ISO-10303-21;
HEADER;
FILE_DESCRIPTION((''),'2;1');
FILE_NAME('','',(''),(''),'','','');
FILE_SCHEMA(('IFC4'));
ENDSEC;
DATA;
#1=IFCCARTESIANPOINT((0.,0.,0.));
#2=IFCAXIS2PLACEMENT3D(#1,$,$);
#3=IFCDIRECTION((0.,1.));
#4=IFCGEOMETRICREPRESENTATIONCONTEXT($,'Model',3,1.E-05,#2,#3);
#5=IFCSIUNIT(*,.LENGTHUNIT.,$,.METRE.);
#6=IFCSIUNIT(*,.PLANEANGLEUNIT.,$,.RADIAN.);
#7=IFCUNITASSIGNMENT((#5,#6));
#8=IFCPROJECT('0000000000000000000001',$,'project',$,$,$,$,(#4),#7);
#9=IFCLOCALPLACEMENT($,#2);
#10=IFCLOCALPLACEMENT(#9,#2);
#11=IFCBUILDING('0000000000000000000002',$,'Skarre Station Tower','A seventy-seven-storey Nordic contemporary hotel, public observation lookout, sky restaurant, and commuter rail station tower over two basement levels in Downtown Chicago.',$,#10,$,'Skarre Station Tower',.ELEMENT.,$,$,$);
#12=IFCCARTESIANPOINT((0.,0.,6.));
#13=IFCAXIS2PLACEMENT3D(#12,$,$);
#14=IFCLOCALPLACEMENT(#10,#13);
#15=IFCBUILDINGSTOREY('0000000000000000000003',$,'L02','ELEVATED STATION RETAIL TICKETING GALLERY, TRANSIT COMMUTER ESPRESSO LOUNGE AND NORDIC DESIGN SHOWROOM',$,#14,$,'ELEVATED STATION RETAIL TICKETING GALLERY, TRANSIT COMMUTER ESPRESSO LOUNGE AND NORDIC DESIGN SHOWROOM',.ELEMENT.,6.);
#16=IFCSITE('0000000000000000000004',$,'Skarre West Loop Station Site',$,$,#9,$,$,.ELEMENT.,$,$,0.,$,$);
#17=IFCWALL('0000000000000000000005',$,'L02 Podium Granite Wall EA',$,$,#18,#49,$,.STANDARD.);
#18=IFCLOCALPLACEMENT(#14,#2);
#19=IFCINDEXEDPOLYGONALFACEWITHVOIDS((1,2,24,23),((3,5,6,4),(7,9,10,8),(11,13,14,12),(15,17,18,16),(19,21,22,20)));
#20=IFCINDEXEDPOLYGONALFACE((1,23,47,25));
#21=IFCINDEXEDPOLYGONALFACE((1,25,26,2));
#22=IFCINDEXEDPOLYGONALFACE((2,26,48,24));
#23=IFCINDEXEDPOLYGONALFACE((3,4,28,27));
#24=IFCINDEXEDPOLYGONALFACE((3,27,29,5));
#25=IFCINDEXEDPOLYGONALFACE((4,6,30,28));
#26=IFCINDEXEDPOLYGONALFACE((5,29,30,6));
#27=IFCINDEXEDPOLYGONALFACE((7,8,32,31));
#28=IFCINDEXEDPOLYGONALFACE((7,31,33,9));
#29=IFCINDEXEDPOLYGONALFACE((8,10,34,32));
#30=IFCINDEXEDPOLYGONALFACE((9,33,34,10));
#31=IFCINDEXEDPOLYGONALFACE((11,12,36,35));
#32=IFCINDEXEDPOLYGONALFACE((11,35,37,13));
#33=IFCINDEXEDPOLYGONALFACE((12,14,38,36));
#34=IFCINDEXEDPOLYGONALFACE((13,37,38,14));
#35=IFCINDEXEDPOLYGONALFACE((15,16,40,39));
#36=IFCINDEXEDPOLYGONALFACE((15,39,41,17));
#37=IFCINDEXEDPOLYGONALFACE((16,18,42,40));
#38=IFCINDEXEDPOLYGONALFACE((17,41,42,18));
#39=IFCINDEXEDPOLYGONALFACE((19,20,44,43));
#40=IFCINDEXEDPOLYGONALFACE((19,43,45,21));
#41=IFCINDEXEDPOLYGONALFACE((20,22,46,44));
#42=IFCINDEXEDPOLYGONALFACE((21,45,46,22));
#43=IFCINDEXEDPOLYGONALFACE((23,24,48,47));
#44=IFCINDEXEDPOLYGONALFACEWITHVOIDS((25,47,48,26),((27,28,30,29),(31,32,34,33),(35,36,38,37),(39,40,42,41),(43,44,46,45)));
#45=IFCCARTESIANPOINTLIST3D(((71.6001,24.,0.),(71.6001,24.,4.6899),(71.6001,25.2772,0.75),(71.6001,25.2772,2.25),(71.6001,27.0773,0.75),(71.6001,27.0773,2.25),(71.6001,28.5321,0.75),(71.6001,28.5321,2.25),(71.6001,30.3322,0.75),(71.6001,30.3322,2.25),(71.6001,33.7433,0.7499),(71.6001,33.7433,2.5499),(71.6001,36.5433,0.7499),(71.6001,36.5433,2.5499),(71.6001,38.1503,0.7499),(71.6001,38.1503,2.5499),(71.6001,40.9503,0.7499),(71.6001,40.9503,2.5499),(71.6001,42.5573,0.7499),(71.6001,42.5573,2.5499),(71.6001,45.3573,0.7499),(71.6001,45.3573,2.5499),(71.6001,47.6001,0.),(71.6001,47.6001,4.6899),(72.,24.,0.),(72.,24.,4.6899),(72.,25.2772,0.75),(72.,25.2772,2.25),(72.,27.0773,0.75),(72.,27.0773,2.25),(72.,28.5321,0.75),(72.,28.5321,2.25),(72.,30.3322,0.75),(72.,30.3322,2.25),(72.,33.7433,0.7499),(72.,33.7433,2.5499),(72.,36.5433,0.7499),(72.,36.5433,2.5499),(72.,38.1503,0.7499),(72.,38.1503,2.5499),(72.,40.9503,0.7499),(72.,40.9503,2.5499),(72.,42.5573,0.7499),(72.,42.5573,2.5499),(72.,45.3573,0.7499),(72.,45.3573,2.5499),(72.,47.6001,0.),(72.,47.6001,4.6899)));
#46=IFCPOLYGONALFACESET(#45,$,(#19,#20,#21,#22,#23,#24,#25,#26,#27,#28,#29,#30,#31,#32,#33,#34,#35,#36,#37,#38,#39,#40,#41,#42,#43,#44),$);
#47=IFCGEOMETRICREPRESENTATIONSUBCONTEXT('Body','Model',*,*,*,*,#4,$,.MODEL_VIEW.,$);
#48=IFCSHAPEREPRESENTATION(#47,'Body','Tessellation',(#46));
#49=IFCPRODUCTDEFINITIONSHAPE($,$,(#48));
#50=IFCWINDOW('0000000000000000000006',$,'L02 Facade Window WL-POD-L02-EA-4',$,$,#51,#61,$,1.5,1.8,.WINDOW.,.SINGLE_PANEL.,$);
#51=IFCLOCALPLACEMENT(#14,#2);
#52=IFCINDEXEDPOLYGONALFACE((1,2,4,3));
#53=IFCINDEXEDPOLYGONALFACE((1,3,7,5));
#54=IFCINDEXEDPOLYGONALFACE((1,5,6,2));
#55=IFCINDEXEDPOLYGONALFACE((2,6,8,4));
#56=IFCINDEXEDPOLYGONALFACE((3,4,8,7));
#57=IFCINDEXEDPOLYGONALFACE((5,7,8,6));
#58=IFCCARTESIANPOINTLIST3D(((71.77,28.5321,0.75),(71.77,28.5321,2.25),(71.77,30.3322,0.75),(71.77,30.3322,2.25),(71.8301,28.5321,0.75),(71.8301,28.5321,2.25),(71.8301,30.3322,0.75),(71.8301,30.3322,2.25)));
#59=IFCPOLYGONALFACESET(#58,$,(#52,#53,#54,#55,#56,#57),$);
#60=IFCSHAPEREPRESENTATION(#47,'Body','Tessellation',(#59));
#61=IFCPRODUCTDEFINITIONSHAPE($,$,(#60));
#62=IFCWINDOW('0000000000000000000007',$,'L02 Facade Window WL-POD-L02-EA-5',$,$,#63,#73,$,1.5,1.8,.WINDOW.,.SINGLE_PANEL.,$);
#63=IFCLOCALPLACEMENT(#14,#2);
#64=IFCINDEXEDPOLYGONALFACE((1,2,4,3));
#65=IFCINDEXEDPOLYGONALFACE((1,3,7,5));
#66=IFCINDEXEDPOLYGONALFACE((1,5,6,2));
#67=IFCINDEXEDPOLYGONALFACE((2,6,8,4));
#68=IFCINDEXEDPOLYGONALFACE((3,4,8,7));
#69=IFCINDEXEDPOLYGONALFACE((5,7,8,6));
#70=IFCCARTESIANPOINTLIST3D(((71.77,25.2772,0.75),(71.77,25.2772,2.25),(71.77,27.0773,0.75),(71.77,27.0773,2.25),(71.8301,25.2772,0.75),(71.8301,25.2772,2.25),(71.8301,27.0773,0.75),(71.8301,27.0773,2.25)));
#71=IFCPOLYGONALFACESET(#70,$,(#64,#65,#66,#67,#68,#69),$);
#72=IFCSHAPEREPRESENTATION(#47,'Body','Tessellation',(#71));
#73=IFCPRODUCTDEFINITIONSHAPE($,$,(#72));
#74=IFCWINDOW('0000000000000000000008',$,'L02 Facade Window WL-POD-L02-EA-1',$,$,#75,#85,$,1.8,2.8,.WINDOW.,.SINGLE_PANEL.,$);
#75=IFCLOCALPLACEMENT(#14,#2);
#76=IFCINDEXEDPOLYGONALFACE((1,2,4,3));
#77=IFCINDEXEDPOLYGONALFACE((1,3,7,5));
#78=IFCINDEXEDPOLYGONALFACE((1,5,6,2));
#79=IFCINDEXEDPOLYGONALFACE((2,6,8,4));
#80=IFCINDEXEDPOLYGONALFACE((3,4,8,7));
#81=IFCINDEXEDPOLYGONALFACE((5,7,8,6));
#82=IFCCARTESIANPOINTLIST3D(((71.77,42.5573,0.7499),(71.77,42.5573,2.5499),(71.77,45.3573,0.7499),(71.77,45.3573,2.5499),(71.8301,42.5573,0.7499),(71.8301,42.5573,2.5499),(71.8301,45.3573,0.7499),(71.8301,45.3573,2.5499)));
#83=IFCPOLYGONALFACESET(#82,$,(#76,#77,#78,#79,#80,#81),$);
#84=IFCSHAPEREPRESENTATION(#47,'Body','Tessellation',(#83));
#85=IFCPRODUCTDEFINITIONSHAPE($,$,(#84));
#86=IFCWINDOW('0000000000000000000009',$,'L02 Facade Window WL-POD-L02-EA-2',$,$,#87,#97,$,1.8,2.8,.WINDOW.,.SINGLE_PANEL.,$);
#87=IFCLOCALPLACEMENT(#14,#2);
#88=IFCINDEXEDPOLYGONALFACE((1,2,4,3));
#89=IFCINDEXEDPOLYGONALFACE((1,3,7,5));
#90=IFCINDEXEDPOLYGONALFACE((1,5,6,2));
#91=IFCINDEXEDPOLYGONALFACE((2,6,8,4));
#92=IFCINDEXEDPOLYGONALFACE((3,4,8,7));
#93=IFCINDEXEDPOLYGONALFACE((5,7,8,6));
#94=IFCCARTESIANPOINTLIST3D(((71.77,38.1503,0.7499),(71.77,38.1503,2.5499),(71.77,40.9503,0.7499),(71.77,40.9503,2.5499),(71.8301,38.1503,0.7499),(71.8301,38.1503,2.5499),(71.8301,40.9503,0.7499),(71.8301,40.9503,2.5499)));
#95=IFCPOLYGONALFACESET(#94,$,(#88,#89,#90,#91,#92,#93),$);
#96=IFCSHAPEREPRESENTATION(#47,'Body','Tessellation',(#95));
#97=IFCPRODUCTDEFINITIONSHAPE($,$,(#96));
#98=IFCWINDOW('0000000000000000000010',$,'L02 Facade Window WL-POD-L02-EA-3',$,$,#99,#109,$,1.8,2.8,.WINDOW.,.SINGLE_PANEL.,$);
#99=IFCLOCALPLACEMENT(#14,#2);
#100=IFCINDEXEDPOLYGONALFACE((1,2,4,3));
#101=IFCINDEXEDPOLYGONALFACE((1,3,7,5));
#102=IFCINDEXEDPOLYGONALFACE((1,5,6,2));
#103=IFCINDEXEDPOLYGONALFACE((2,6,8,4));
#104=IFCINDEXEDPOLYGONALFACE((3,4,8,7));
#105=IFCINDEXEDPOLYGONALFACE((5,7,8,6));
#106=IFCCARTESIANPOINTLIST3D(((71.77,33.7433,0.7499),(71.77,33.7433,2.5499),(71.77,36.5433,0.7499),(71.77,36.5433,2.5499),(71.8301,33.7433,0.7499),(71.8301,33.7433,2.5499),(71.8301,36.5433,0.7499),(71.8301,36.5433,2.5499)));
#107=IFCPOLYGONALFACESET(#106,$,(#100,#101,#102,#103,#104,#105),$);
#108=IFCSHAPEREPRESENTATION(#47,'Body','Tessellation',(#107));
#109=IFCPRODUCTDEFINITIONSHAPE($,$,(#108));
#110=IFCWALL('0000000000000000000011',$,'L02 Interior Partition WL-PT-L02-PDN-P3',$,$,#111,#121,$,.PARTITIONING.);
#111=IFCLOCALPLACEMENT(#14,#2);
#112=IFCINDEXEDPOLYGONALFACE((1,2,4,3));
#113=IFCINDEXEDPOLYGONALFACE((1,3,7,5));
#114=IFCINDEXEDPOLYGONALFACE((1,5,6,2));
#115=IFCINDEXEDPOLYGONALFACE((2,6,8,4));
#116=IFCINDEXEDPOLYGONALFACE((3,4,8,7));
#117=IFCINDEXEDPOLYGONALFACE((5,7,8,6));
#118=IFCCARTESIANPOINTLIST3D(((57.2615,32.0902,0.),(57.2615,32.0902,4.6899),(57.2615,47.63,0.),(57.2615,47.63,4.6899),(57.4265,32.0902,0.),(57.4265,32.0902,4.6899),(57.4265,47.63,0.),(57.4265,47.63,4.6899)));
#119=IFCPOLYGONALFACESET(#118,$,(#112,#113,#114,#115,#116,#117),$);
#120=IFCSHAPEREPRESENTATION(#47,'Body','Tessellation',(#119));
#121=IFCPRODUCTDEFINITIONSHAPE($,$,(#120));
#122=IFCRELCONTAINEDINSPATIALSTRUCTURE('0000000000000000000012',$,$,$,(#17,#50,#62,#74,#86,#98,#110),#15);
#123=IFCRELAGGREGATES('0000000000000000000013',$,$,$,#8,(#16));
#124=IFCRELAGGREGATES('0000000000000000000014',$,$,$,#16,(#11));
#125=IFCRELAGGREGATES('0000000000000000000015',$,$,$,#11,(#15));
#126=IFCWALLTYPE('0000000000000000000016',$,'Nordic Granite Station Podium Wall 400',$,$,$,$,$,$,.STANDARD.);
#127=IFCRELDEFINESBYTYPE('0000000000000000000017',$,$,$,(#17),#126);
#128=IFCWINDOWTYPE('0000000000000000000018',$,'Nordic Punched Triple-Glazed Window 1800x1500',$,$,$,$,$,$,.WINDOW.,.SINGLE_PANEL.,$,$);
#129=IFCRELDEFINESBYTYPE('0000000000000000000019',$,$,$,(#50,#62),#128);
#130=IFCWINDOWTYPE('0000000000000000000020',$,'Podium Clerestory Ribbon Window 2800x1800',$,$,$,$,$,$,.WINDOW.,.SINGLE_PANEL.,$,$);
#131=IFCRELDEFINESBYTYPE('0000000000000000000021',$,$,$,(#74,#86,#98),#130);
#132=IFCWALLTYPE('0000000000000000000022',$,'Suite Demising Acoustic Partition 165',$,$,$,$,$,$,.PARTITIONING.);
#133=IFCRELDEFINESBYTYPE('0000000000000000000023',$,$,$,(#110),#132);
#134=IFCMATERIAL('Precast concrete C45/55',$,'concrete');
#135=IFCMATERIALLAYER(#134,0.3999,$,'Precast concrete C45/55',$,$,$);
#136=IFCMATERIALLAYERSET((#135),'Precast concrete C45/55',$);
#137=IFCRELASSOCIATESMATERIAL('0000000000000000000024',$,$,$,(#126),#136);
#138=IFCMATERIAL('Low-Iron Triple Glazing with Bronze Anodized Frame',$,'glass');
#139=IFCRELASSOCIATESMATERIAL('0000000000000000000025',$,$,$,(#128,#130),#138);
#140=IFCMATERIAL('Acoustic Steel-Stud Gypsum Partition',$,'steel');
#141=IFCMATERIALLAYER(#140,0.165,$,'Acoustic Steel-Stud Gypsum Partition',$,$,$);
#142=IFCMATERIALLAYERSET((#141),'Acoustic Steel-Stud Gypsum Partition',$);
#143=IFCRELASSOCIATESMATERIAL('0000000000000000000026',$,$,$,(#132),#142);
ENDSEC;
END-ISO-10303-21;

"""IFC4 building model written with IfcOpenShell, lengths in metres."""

from ifc_helpers import new_model, si_unit, direction, frame, frame_2d, origin, place, context, subcontext, project, spatial, rectangle, extrude, material, layer, layer_set, type_object, element, fill, save


model = new_model("IFC4")

# Units and contexts
model_context = context("Model", 3, precision=1e-05, world=origin(), true_north=direction((0.0, 1.0)))
body_context = subcontext(model_context, "Body", "Model", "MODEL_VIEW")
ifc_project = project(units=[si_unit("LENGTHUNIT", "METRE"), si_unit("PLANEANGLEUNIT", "RADIAN")], contexts=[model_context])

# Site, building, storey
site_placement = place(None, origin())
site = spatial("IfcSite", under=ifc_project, at=site_placement, Name="Skarre West Loop Station Site", CompositionType="ELEMENT", RefElevation=0.0)
building_placement = place(site_placement, origin())
building = spatial("IfcBuilding", under=site, at=building_placement, Name="Skarre Station Tower", Description="A seventy-seven-storey Nordic contemporary hotel, public observation lookout, sky restaurant, and commuter rail station tower over two basement levels in Downtown Chicago.", LongName="Skarre Station Tower", CompositionType="ELEMENT")
storey_placement = place(building_placement, frame((0.0, 0.0, 6.0)))
storey = spatial("IfcBuildingStorey", under=building, at=storey_placement, Name="L02", Description="ELEVATED STATION RETAIL TICKETING GALLERY, TRANSIT COMMUTER ESPRESSO LOUNGE AND NORDIC DESIGN SHOWROOM", LongName="ELEVATED STATION RETAIL TICKETING GALLERY, TRANSIT COMMUTER ESPRESSO LOUNGE AND NORDIC DESIGN SHOWROOM", CompositionType="ELEMENT", Elevation=6.0)

# Shared definitions
ifc_material_1 = material(Name="Acoustic Steel-Stud Gypsum Partition", Category="steel")

# Wall, openings, windows
ifc_material_2 = material(Name="Precast concrete C45/55", Category="concrete")
ifc_layer_1 = layer(ifc_material_2, 0.3999, Name="Precast concrete C45/55")
ifc_layer_set_1 = layer_set([ifc_layer_1], Name="Precast concrete C45/55")
wall_type_1 = type_object("IfcWallType", Name="Nordic Granite Station Podium Wall 400", PredefinedType="STANDARD", material=ifc_layer_set_1)
ifc_material_3 = material(Name="Low-Iron Triple Glazing with Bronze Anodized Frame", Category="glass")
window_type_1 = type_object("IfcWindowType", Name="Nordic Punched Triple-Glazed Window 1800x1500", PartitioningType="SINGLE_PANEL", PredefinedType="WINDOW", material=ifc_material_3)
window_type_2 = type_object("IfcWindowType", Name="Podium Clerestory Ribbon Window 2800x1800", PartitioningType="SINGLE_PANEL", PredefinedType="WINDOW", material=ifc_material_3)
wall_1_placement = place(storey_placement, frame((71.8, 47.6001, 0.0), z_axis=(0.0, 0.0, 1.0), x_axis=(0.0, -1.0, 0.0)))
wall_1 = element("IfcWall", 1, at=wall_1_placement, inside=storey, type_object=wall_type_1, Name="L02 Podium Granite Wall EA", PredefinedType="STANDARD", context=body_context, shape_type="SweptSolid", body=[
    extrude(rectangle(XDim=23.6001, YDim=0.3999, at=frame_2d((11.8, 0.0))), origin(), (0.0, 0.0, 1.0), 4.6899),
])
opening_1_placement = place(wall_1_placement, frame((2.2429, 0.0, 0.75)))
opening_1 = element("IfcOpeningElement", 2, at=opening_1_placement, cuts=wall_1, PredefinedType="OPENING", context=body_context, shape_type="SweptSolid", body=[
    extrude(rectangle(XDim=2.8, YDim=1.8, at=frame_2d((1.3999, 0.8999))), frame((0.0, 0.21, 0.0), z_axis=(0.0, -1.0, 0.0), x_axis=(1.0, 0.0, 0.0)), (0.0, 0.0, 1.0), 0.4199),
])
opening_2_placement = place(wall_1_placement, frame((6.6499, 0.0, 0.75)))
opening_2 = element("IfcOpeningElement", 3, at=opening_2_placement, cuts=wall_1, PredefinedType="OPENING", context=body_context, shape_type="SweptSolid", body=[
    extrude(rectangle(XDim=2.8, YDim=1.8, at=frame_2d((1.3999, 0.8999))), frame((0.0, 0.21, 0.0), z_axis=(0.0, -1.0, 0.0), x_axis=(1.0, 0.0, 0.0)), (0.0, 0.0, 1.0), 0.4199),
])
opening_3_placement = place(wall_1_placement, frame((11.0569, 0.0, 0.75)))
opening_3 = element("IfcOpeningElement", 4, at=opening_3_placement, cuts=wall_1, PredefinedType="OPENING", context=body_context, shape_type="SweptSolid", body=[
    extrude(rectangle(XDim=2.8, YDim=1.8, at=frame_2d((1.3999, 0.8999))), frame((0.0, 0.21, 0.0), z_axis=(0.0, -1.0, 0.0), x_axis=(1.0, 0.0, 0.0)), (0.0, 0.0, 1.0), 0.4199),
])
opening_4_placement = place(wall_1_placement, frame((17.2681, 0.0, 0.75)))
opening_4 = element("IfcOpeningElement", 5, at=opening_4_placement, cuts=wall_1, PredefinedType="OPENING", context=body_context, shape_type="SweptSolid", body=[
    extrude(rectangle(XDim=1.8, YDim=1.5, at=frame_2d((0.8999, 0.75))), frame((0.0, 0.21, 0.0), z_axis=(0.0, -1.0, 0.0), x_axis=(1.0, 0.0, 0.0)), (0.0, 0.0, 1.0), 0.4199),
])
opening_5_placement = place(wall_1_placement, frame((20.5229, 0.0, 0.75)))
opening_5 = element("IfcOpeningElement", 6, at=opening_5_placement, cuts=wall_1, PredefinedType="OPENING", context=body_context, shape_type="SweptSolid", body=[
    extrude(rectangle(XDim=1.8, YDim=1.5, at=frame_2d((0.8999, 0.75))), frame((0.0, 0.21, 0.0), z_axis=(0.0, -1.0, 0.0), x_axis=(1.0, 0.0, 0.0)), (0.0, 0.0, 1.0), 0.4199),
])
window_1_placement = place(opening_4_placement, origin())
window_1 = element("IfcWindow", 7, at=window_1_placement, inside=storey, type_object=window_type_1, Name="L02 Facade Window WL-POD-L02-EA-4", OverallHeight=1.5, OverallWidth=1.8, PartitioningType="SINGLE_PANEL", PredefinedType="WINDOW", context=body_context, shape_type="SweptSolid", body=[
    extrude(rectangle(XDim=1.8, YDim=1.5, at=frame_2d((0.8999, 0.75))), frame((0.0, 0.03, 0.0), z_axis=(0.0, -1.0, 0.0), x_axis=(1.0, 0.0, 0.0)), (0.0, 0.0, 1.0), 0.0601),
])
fill(opening_4, window_1)
window_2_placement = place(opening_5_placement, origin())
window_2 = element("IfcWindow", 8, at=window_2_placement, inside=storey, type_object=window_type_1, Name="L02 Facade Window WL-POD-L02-EA-5", OverallHeight=1.5, OverallWidth=1.8, PartitioningType="SINGLE_PANEL", PredefinedType="WINDOW", context=body_context, shape_type="SweptSolid", body=[
    extrude(rectangle(XDim=1.8, YDim=1.5, at=frame_2d((0.8999, 0.75))), frame((0.0, 0.03, 0.0), z_axis=(0.0, -1.0, 0.0), x_axis=(1.0, 0.0, 0.0)), (0.0, 0.0, 1.0), 0.0601),
])
fill(opening_5, window_2)
window_3_placement = place(opening_1_placement, origin())
window_3 = element("IfcWindow", 9, at=window_3_placement, inside=storey, type_object=window_type_2, Name="L02 Facade Window WL-POD-L02-EA-1", OverallHeight=1.8, OverallWidth=2.8, PartitioningType="SINGLE_PANEL", PredefinedType="WINDOW", context=body_context, shape_type="SweptSolid", body=[
    extrude(rectangle(XDim=2.8, YDim=1.8, at=frame_2d((1.3999, 0.8999))), frame((0.0, 0.03, 0.0), z_axis=(0.0, -1.0, 0.0), x_axis=(1.0, 0.0, 0.0)), (0.0, 0.0, 1.0), 0.0601),
])
fill(opening_1, window_3)
window_4_placement = place(opening_2_placement, origin())
window_4 = element("IfcWindow", 10, at=window_4_placement, inside=storey, type_object=window_type_2, Name="L02 Facade Window WL-POD-L02-EA-2", OverallHeight=1.8, OverallWidth=2.8, PartitioningType="SINGLE_PANEL", PredefinedType="WINDOW", context=body_context, shape_type="SweptSolid", body=[
    extrude(rectangle(XDim=2.8, YDim=1.8, at=frame_2d((1.3999, 0.8999))), frame((0.0, 0.03, 0.0), z_axis=(0.0, -1.0, 0.0), x_axis=(1.0, 0.0, 0.0)), (0.0, 0.0, 1.0), 0.0601),
])
fill(opening_2, window_4)
window_5_placement = place(opening_3_placement, origin())
window_5 = element("IfcWindow", 11, at=window_5_placement, inside=storey, type_object=window_type_2, Name="L02 Facade Window WL-POD-L02-EA-3", OverallHeight=1.8, OverallWidth=2.8, PartitioningType="SINGLE_PANEL", PredefinedType="WINDOW", context=body_context, shape_type="SweptSolid", body=[
    extrude(rectangle(XDim=2.8, YDim=1.8, at=frame_2d((1.3999, 0.8999))), frame((0.0, 0.03, 0.0), z_axis=(0.0, -1.0, 0.0), x_axis=(1.0, 0.0, 0.0)), (0.0, 0.0, 1.0), 0.0601),
])
fill(opening_3, window_5)

# Wall
ifc_layer_2 = layer(ifc_material_1, 0.165, Name="Acoustic Steel-Stud Gypsum Partition")
ifc_layer_set_2 = layer_set([ifc_layer_2], Name="Acoustic Steel-Stud Gypsum Partition")
wall_type_2 = type_object("IfcWallType", Name="Suite Demising Acoustic Partition 165", PredefinedType="PARTITIONING", material=ifc_layer_set_2)
wall_2_placement = place(storey_placement, frame((57.344, 32.0901, 0.0), z_axis=(0.0, 0.0, 1.0), x_axis=(0.0, 1.0, 0.0)))
element("IfcWall", 12, at=wall_2_placement, inside=storey, type_object=wall_type_2, Name="L02 Interior Partition WL-PT-L02-PDN-P3", PredefinedType="PARTITIONING", context=body_context, shape_type="SweptSolid", body=[
    extrude(rectangle(XDim=15.5398, YDim=0.165, at=frame_2d((7.77, 0.0))), origin(), (0.0, 0.0, 1.0), 4.6899),
])

save(model, "model.ifc")
